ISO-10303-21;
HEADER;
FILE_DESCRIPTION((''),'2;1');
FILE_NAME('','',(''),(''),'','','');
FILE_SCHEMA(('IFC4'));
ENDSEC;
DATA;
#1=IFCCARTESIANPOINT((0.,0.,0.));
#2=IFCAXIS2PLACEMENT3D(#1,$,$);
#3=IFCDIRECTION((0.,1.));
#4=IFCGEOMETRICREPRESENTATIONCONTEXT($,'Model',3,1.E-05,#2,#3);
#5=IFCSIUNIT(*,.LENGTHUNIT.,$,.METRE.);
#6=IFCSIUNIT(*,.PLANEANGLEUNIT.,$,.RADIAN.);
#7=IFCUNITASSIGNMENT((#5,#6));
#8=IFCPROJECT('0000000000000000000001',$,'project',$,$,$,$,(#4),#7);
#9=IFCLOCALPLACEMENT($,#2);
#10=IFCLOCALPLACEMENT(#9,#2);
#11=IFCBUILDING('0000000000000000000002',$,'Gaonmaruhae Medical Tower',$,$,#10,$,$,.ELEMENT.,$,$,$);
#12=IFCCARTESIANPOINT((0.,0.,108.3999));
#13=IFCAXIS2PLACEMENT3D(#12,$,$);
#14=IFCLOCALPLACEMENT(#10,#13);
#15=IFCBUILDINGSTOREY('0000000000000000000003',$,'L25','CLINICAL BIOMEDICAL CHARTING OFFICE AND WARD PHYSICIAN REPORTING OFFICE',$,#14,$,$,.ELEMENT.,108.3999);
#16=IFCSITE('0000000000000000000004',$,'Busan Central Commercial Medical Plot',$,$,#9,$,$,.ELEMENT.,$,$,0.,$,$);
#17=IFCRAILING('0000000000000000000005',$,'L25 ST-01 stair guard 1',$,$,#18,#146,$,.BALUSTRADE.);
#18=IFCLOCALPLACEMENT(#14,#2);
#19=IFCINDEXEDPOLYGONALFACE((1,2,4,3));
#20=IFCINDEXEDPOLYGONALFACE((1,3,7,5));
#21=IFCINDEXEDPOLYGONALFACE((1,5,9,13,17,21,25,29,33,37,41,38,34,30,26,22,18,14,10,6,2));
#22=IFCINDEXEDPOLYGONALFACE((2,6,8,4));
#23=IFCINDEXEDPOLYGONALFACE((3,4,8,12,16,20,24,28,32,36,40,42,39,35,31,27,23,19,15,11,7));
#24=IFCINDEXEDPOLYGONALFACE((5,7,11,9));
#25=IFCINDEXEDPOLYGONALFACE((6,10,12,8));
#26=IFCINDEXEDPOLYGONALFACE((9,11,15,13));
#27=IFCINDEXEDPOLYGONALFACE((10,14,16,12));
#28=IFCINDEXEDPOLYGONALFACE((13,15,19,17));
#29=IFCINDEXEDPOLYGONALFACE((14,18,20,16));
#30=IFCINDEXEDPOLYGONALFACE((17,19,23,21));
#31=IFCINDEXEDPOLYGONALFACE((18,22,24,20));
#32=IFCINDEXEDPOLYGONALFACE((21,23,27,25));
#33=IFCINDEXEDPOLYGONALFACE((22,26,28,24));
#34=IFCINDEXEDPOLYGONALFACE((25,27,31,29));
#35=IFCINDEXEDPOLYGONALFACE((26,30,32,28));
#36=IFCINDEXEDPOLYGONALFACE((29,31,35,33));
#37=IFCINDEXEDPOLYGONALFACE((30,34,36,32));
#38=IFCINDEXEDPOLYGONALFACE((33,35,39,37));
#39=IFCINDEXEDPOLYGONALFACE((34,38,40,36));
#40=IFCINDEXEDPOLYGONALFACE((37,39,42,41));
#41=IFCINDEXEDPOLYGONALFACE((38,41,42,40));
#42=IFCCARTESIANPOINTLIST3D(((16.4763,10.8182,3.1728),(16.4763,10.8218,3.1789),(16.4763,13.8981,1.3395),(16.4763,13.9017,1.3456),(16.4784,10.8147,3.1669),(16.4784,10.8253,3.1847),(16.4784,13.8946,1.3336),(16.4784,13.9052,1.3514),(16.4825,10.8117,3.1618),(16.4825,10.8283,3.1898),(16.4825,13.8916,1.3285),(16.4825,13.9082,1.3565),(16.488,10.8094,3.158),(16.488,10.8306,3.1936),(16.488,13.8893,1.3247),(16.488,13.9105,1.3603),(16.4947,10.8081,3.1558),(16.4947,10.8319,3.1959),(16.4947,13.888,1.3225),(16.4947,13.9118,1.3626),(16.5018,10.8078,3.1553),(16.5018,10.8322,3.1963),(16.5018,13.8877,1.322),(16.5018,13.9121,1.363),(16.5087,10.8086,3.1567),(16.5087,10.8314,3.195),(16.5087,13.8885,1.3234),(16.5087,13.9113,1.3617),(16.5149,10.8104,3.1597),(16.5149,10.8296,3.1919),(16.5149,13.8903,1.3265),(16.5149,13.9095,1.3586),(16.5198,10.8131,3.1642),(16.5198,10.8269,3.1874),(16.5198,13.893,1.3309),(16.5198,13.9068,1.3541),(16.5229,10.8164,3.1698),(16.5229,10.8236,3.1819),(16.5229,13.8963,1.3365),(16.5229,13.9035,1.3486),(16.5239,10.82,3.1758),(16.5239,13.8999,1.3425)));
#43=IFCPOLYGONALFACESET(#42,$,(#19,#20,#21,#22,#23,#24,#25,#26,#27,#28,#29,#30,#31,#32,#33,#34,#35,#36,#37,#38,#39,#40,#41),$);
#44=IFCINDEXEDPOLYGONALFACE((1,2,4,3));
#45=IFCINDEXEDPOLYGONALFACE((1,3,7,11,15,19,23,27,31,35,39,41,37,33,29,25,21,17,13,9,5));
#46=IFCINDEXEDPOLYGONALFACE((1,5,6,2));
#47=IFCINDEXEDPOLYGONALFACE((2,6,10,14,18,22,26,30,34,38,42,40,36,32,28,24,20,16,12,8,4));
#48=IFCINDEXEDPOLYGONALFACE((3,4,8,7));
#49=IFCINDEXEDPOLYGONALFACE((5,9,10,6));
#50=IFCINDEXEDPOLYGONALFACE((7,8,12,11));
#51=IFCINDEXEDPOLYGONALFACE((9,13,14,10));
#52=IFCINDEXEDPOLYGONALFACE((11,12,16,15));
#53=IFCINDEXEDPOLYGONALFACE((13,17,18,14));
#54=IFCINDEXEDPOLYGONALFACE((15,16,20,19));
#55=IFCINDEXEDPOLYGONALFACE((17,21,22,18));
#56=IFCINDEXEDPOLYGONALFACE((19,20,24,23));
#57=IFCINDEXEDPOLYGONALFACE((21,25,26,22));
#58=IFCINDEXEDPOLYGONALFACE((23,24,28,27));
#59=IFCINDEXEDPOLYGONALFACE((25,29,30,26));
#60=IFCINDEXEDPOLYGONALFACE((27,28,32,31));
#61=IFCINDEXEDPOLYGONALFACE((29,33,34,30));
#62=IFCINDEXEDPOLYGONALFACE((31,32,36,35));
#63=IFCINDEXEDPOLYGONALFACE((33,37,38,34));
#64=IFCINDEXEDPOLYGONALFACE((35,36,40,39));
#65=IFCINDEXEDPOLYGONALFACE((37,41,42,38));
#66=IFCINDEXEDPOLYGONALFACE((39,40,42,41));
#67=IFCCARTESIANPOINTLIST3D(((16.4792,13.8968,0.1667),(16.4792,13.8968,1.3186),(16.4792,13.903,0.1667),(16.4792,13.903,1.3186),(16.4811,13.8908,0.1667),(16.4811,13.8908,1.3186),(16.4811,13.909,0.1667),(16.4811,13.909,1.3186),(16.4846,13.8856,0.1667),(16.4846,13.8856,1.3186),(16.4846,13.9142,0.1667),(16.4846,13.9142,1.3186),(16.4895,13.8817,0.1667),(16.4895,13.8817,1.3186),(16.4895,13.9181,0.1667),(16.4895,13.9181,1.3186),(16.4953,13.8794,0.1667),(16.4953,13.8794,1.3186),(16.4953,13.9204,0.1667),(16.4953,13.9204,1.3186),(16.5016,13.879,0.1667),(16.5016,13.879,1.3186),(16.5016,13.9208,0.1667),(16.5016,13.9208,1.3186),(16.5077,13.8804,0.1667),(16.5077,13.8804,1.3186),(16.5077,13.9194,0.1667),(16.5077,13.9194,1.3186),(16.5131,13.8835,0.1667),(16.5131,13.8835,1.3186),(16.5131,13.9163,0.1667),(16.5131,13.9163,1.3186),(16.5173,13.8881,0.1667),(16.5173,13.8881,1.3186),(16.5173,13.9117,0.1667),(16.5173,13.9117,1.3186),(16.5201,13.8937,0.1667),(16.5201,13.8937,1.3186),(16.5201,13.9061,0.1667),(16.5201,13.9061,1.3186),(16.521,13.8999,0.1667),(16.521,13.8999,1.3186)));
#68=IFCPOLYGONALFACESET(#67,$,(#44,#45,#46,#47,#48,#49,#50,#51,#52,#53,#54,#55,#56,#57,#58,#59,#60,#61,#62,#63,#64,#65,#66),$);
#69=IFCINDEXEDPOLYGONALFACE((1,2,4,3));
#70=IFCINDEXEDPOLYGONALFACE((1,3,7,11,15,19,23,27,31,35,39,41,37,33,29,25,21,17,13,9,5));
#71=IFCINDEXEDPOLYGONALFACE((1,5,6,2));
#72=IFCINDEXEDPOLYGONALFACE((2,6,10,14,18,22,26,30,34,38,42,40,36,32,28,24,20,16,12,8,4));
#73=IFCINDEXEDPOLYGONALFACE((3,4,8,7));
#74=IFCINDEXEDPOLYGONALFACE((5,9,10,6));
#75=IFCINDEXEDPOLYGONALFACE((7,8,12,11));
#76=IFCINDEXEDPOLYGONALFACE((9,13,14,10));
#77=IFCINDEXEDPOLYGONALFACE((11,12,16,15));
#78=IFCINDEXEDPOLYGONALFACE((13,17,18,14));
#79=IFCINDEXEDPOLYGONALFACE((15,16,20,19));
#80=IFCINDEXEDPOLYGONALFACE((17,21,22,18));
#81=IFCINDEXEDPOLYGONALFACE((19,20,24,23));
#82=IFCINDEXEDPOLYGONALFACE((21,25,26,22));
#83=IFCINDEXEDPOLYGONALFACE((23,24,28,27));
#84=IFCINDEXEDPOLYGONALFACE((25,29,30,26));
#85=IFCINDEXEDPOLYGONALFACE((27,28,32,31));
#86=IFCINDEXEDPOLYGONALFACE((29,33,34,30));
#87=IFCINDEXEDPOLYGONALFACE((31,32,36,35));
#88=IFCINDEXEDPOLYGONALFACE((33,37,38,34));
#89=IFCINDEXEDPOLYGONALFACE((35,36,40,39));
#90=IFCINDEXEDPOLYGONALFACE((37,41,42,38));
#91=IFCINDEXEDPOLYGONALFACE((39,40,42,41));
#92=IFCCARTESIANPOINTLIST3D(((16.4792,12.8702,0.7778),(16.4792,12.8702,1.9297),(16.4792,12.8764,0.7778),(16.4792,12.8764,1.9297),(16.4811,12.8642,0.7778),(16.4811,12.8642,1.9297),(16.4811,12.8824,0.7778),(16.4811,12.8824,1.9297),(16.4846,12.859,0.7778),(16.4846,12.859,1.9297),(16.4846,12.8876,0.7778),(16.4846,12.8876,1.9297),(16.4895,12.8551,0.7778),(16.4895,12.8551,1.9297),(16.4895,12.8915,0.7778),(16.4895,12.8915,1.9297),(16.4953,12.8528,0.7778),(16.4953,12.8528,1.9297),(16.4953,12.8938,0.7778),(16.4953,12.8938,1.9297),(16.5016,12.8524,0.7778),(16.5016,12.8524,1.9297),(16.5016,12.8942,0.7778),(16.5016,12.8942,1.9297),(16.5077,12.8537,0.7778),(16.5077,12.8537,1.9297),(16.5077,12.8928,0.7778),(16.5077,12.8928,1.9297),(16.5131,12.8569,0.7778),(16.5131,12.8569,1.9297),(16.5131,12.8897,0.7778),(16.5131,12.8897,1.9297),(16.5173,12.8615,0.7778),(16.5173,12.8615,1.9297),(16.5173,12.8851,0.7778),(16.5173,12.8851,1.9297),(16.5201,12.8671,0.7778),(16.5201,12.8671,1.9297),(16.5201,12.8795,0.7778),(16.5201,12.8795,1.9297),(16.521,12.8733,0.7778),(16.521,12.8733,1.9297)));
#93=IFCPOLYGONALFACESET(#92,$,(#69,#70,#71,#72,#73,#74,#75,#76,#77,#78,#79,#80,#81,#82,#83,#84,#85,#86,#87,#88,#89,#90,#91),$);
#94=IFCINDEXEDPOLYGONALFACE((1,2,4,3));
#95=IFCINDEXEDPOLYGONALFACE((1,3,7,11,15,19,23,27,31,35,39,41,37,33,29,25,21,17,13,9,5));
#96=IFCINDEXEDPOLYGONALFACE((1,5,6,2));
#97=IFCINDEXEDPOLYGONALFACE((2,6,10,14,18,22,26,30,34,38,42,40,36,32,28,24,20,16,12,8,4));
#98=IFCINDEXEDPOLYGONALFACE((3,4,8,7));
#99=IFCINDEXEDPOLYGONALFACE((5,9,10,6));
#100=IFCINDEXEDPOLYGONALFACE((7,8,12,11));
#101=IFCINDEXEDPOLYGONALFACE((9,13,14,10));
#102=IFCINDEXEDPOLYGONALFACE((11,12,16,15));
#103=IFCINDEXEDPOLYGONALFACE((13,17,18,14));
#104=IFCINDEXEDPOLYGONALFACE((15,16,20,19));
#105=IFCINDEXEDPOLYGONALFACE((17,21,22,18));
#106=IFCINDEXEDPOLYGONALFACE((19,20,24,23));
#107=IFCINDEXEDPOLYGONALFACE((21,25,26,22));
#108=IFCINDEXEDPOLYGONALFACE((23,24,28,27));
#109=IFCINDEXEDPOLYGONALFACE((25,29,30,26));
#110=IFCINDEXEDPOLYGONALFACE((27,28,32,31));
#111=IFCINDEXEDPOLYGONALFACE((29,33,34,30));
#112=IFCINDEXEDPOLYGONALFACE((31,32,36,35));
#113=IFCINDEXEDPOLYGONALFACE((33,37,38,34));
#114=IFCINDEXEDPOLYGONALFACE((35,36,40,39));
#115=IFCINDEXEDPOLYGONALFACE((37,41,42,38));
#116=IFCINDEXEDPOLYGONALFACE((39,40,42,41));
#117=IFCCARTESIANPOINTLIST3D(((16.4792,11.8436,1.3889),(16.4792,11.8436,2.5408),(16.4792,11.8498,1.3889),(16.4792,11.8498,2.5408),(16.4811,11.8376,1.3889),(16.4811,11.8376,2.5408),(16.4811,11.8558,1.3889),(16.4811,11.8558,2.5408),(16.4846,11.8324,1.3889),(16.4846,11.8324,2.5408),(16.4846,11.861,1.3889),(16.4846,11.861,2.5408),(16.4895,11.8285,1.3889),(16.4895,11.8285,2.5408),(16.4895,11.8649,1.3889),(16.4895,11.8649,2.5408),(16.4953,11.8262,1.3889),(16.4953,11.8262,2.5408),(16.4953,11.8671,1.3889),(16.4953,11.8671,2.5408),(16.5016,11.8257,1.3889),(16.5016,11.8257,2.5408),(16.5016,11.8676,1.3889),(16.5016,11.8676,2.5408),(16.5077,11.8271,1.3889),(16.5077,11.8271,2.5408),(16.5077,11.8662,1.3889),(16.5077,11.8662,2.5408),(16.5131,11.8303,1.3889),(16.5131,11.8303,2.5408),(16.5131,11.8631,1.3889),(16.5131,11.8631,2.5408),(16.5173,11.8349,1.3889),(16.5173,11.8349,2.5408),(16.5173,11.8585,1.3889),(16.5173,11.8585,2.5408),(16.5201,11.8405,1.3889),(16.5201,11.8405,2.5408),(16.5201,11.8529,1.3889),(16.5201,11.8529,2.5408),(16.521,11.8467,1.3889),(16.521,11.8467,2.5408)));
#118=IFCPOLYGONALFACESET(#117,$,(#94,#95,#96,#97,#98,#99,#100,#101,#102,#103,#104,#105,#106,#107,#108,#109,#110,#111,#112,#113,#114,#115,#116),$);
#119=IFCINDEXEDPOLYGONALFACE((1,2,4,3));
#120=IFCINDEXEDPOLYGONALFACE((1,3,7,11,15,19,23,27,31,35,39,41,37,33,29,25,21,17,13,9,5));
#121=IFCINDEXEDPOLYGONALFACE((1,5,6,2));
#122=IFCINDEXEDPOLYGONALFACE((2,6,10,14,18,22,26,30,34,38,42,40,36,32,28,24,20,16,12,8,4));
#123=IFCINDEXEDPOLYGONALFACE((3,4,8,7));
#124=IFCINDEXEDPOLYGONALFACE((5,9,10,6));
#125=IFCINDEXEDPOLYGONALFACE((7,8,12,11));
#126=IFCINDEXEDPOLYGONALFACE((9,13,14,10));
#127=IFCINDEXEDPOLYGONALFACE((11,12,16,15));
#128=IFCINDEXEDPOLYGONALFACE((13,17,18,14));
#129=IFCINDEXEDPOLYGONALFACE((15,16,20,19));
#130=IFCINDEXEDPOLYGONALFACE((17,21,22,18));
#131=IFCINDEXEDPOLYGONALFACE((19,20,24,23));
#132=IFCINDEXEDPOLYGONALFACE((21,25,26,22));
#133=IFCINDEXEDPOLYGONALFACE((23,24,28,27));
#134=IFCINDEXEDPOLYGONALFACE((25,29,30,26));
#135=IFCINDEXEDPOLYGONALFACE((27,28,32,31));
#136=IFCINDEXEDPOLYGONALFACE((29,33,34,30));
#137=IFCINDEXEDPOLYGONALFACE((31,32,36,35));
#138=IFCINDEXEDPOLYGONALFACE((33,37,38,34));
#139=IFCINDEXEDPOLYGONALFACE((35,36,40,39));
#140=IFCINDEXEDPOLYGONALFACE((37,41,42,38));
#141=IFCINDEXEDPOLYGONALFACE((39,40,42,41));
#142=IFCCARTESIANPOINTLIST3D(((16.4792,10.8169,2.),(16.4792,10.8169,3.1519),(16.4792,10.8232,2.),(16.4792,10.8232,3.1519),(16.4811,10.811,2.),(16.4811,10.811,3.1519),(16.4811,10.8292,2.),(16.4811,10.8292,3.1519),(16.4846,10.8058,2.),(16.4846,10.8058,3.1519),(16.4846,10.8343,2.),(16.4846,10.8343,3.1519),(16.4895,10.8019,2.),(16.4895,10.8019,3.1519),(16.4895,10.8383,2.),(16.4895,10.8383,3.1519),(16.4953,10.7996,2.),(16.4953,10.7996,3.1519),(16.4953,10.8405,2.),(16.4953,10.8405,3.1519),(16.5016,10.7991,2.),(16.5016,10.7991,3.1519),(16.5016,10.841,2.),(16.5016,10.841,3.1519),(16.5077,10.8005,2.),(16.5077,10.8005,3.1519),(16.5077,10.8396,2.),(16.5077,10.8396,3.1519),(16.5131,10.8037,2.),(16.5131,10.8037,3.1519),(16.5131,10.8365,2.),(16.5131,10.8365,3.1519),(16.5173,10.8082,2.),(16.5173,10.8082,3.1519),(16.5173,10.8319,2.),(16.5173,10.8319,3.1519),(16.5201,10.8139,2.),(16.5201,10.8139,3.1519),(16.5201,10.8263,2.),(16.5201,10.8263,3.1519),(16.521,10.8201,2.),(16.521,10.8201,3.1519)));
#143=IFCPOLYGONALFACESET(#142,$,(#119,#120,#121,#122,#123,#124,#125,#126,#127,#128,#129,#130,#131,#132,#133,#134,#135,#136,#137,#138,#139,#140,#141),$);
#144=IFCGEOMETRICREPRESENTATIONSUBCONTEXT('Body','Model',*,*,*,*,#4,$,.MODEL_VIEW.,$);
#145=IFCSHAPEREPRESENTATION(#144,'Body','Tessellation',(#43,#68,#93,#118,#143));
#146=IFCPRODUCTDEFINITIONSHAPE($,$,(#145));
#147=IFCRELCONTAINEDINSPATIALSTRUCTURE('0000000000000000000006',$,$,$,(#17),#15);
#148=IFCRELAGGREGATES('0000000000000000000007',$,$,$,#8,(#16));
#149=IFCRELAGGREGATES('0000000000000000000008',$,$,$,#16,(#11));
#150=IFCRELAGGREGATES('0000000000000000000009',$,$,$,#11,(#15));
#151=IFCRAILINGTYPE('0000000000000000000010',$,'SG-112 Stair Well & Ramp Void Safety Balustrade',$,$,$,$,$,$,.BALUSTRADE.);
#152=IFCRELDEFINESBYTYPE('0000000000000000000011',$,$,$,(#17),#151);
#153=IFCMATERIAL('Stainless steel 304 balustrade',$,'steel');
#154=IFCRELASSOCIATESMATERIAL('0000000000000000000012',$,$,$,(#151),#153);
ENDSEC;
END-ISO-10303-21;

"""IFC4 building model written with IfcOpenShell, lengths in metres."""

from ifc_helpers import new_model, si_unit, direction, frame, origin, origin_2d, place, context, subcontext, project, spatial, circle, extrude, material, type_object, element, save


model = new_model("IFC4")

# Units and contexts
model_context = context("Model", 3, precision=1e-05, world=origin(), true_north=direction((0.0, 1.0)))
body_context = subcontext(model_context, "Body", "Model", "MODEL_VIEW")
ifc_project = project(units=[si_unit("LENGTHUNIT", "METRE"), si_unit("PLANEANGLEUNIT", "RADIAN")], contexts=[model_context])

# Site, building, storey
site_placement = place(None, origin())
site = spatial("IfcSite", under=ifc_project, at=site_placement, Name="Busan Central Commercial Medical Plot", CompositionType="ELEMENT", RefElevation=0.0)
building_placement = place(site_placement, origin())
building = spatial("IfcBuilding", under=site, at=building_placement, Name="Gaonmaruhae Medical Tower", CompositionType="ELEMENT")
storey_placement = place(building_placement, frame((0.0, 0.0, 108.3999)))
storey = spatial("IfcBuildingStorey", under=building, at=storey_placement, Name="L25", Description="CLINICAL BIOMEDICAL CHARTING OFFICE AND WARD PHYSICIAN REPORTING OFFICE", CompositionType="ELEMENT", Elevation=108.3999)

# Railing
ifc_material_1 = material(Name="Stainless steel 304 balustrade", Category="steel")
railing_type_1 = type_object("IfcRailingType", Name="SG-112 Stair Well & Ramp Void Safety Balustrade", PredefinedType="BALUSTRADE", material=ifc_material_1)
railing_1_placement = place(storey_placement, frame((16.5, 13.8999, 0.1667)))
element("IfcRailing", 1, at=railing_1_placement, inside=storey, type_object=railing_type_1, Name="L25 ST-01 stair guard 1", PredefinedType="BALUSTRADE", context=body_context, shape_type="SweptSolid", body=[
    extrude(circle(Radius=0.0239, at=origin_2d()), frame((0.0, 0.0, 1.1758), z_axis=(0.0, -0.859291, 0.511487), x_axis=(1.0, 0.0, 0.0)), (0.0, 0.0, 1.0), 3.5842),
    extrude(circle(Radius=0.021, at=origin_2d()), origin(), (0.0, 0.0, 1.0), 1.1519),
    extrude(circle(Radius=0.021, at=origin_2d()), frame((0.0, -1.0266, 0.6111)), (0.0, 0.0, 1.0), 1.1519),
    extrude(circle(Radius=0.021, at=origin_2d()), frame((0.0, -2.0532, 1.2222)), (0.0, 0.0, 1.0), 1.1519),
    extrude(circle(Radius=0.021, at=origin_2d()), frame((0.0, -3.0798, 1.8333)), (0.0, 0.0, 1.0), 1.1519),
])

save(model, "model.ifc")
